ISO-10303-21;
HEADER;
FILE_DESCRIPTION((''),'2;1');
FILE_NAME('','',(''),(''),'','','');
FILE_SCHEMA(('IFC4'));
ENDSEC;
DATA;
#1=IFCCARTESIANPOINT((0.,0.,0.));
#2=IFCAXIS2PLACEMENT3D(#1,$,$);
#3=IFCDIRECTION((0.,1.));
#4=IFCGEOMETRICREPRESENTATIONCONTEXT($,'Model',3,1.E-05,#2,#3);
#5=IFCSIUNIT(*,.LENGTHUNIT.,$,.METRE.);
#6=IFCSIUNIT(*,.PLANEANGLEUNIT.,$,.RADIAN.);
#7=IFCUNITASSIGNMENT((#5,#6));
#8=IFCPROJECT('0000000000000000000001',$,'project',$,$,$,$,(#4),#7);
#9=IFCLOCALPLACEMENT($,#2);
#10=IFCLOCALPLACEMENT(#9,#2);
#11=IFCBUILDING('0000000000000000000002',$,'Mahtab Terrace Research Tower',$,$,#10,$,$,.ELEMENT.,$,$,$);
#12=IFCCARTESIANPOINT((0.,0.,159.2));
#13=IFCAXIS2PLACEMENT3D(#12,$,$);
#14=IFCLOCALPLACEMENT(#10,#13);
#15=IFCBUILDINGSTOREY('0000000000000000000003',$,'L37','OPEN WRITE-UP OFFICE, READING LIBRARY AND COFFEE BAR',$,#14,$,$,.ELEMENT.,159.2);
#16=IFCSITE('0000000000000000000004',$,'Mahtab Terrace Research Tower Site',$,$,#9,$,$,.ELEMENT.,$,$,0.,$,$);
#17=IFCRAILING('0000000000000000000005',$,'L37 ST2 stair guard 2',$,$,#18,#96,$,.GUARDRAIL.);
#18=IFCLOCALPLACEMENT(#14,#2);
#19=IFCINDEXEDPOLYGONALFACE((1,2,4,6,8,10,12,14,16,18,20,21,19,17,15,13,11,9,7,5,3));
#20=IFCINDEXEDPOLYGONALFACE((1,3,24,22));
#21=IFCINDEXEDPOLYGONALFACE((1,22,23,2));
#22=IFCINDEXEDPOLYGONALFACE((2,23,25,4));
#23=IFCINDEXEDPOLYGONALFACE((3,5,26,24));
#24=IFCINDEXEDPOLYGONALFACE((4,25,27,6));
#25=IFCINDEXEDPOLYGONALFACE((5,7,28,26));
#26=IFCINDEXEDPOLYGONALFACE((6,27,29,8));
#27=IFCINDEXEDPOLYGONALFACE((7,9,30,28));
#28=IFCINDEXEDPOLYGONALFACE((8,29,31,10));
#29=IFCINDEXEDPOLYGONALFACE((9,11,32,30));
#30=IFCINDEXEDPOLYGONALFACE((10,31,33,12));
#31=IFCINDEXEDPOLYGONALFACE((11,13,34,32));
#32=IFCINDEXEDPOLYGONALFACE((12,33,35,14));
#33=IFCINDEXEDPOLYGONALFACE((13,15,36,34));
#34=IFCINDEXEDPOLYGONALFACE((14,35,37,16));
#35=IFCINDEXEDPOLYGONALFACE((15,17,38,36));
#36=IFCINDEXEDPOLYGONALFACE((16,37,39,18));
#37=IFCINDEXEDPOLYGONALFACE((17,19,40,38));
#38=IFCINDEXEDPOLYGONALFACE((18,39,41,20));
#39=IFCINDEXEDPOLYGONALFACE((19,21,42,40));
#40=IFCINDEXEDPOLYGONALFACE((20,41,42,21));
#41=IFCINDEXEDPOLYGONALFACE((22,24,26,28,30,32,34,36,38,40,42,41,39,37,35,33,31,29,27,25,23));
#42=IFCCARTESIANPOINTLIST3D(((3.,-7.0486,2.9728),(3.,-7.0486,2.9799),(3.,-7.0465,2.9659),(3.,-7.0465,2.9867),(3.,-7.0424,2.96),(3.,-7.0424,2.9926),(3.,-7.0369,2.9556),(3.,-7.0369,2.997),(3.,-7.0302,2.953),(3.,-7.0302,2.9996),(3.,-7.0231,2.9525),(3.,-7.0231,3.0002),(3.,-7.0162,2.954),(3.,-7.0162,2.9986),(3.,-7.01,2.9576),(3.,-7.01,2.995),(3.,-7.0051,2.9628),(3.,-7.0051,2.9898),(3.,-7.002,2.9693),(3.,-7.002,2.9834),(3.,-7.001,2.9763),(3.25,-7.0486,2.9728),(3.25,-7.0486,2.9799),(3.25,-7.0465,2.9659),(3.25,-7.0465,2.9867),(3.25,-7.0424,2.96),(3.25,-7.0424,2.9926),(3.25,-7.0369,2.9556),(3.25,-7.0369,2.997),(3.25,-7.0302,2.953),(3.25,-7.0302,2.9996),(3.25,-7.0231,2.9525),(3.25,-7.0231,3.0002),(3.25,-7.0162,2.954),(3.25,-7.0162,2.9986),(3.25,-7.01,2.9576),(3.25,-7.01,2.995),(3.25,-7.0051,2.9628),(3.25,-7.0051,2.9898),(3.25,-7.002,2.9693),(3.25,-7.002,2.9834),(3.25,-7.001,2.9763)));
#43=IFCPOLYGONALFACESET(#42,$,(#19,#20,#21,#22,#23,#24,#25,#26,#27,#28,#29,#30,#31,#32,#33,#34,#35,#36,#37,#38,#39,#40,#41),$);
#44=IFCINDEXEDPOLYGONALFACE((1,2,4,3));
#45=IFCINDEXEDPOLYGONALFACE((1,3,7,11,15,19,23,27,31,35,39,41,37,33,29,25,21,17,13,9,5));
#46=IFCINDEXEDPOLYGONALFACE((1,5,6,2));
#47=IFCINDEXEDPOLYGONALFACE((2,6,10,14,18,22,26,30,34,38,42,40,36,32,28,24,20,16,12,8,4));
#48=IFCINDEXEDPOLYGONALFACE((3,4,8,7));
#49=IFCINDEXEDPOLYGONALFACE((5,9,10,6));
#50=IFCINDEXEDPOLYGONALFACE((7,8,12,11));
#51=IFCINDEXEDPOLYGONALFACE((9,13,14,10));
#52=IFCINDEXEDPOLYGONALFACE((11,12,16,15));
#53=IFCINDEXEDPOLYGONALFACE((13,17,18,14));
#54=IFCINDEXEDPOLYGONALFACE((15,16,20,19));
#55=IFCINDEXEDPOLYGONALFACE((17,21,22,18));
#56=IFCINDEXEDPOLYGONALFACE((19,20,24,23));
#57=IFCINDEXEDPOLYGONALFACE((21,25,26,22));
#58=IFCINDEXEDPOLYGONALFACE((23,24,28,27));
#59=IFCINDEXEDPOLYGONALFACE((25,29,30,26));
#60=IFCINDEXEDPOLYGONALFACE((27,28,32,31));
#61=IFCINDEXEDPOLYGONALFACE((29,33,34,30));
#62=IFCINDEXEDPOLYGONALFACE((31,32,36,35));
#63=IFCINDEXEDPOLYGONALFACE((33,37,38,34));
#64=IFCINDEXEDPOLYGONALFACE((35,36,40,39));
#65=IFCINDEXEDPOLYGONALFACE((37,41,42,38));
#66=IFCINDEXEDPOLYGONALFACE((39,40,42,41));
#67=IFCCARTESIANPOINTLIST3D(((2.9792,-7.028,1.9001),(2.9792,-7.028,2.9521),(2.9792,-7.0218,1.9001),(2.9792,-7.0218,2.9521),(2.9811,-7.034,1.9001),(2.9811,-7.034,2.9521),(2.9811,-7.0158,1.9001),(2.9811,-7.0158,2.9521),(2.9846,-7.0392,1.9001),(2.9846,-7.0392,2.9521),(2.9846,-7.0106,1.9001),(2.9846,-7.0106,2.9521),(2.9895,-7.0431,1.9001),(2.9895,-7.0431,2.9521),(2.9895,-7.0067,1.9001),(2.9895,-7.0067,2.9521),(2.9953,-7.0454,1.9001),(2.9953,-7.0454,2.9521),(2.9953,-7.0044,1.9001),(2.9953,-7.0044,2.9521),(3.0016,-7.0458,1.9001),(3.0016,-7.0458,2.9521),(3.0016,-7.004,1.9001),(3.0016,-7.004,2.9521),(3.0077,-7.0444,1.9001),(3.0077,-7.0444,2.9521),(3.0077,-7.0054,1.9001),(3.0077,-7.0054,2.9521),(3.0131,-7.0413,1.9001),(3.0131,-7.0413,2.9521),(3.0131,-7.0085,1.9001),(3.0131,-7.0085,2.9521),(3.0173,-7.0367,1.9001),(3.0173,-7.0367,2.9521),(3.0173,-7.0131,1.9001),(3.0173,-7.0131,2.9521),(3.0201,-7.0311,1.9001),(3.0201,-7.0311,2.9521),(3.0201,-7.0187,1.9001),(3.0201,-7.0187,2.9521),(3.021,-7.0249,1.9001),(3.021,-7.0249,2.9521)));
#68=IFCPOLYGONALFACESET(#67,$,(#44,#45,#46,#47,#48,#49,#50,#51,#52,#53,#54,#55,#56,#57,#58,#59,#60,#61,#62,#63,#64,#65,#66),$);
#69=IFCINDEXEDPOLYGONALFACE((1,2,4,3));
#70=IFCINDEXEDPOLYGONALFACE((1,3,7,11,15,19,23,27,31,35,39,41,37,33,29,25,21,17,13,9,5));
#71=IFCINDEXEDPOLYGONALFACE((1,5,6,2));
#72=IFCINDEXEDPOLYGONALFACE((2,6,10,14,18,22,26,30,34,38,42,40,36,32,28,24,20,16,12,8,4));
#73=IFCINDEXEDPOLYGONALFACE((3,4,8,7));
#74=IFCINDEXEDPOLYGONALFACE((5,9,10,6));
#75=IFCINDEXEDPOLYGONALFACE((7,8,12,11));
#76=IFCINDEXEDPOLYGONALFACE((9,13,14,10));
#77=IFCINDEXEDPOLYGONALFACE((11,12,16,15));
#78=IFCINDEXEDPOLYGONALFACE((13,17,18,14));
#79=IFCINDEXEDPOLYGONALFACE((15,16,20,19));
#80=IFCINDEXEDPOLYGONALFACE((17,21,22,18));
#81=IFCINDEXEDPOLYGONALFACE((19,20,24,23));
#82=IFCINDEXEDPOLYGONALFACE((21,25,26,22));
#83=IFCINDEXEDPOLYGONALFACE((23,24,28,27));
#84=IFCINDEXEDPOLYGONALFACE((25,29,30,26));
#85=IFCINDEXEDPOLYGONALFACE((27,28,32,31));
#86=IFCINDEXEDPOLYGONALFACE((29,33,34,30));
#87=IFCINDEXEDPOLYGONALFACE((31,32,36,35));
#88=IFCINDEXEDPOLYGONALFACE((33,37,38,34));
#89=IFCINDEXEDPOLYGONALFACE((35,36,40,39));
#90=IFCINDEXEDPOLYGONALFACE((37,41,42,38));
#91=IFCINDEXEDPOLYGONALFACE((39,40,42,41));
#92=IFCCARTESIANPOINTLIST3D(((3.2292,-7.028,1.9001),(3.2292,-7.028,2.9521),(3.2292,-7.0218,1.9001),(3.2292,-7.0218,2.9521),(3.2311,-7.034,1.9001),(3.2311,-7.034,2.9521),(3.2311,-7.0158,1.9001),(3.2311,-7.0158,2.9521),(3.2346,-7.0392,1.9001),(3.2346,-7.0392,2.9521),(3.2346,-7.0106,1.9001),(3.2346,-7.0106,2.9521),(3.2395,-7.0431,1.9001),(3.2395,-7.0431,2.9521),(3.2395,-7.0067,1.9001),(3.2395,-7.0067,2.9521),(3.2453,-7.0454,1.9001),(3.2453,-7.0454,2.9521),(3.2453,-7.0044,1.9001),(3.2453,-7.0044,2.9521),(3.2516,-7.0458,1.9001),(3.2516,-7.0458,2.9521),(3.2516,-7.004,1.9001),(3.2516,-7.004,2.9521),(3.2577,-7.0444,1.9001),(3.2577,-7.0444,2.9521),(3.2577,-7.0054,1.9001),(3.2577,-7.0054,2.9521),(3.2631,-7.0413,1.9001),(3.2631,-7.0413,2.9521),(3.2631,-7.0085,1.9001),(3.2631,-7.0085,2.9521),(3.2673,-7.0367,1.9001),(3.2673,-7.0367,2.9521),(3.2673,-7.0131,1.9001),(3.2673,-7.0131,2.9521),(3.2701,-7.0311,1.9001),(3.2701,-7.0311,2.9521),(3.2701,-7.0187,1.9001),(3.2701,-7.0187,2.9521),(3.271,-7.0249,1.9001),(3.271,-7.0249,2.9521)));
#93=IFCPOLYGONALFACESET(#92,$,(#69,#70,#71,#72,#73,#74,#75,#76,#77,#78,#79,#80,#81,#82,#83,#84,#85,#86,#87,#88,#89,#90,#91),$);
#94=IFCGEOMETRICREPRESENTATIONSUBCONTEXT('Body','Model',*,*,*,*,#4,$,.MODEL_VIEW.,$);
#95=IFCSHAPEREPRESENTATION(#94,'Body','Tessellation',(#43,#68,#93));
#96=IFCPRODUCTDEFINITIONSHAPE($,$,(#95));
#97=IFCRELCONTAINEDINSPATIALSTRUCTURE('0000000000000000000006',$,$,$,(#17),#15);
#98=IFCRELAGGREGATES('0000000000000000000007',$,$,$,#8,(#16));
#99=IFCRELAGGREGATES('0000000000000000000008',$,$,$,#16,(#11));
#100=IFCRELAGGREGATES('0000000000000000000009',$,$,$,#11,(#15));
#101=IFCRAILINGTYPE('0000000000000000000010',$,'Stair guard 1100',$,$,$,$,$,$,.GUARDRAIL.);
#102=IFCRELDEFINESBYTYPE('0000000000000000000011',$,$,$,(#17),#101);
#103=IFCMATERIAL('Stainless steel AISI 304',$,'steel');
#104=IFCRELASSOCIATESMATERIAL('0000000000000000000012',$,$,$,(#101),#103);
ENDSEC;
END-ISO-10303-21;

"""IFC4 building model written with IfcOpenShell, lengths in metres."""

from ifc_helpers import new_model, si_unit, direction, frame, origin, origin_2d, place, context, subcontext, project, spatial, circle, extrude, material, type_object, element, save


model = new_model("IFC4")

# Units and contexts
model_context = context("Model", 3, precision=1e-05, world=origin(), true_north=direction((0.0, 1.0)))
body_context = subcontext(model_context, "Body", "Model", "MODEL_VIEW")
ifc_project = project(units=[si_unit("LENGTHUNIT", "METRE"), si_unit("PLANEANGLEUNIT", "RADIAN")], contexts=[model_context])

# Site, building, storey
site_placement = place(None, origin())
site = spatial("IfcSite", under=ifc_project, at=site_placement, Name="Mahtab Terrace Research Tower Site", CompositionType="ELEMENT", RefElevation=0.0)
building_placement = place(site_placement, origin())
building = spatial("IfcBuilding", under=site, at=building_placement, Name="Mahtab Terrace Research Tower", CompositionType="ELEMENT")
storey_placement = place(building_placement, frame((0.0, 0.0, 159.2)))
storey = spatial("IfcBuildingStorey", under=building, at=storey_placement, Name="L37", Description="OPEN WRITE-UP OFFICE, READING LIBRARY AND COFFEE BAR", CompositionType="ELEMENT", Elevation=159.2)

# Railing
ifc_material_1 = material(Name="Stainless steel AISI 304", Category="steel")
railing_type_1 = type_object("IfcRailingType", Name="Stair guard 1100", PredefinedType="GUARDRAIL", material=ifc_material_1)
railing_1_placement = place(storey_placement, frame((3.0, -7.0249, 1.9001)))
element("IfcRailing", 1, at=railing_1_placement, inside=storey, type_object=railing_type_1, Name="L37 ST2 stair guard 2", PredefinedType="GUARDRAIL", context=body_context, shape_type="SweptSolid", body=[
    extrude(circle(Radius=0.0239, at=origin_2d()), frame((0.0, 0.0, 1.0762), z_axis=(1.0, 0.0, 0.0), x_axis=(0.0, 1.0, 0.0)), (0.0, 0.0, 1.0), 0.25),
    extrude(circle(Radius=0.021, at=origin_2d()), origin(), (0.0, 0.0, 1.0), 1.052),
    extrude(circle(Radius=0.021, at=origin_2d()), frame((0.25, 0.0, 0.0)), (0.0, 0.0, 1.0), 1.052),
])

save(model, "model.ifc")
